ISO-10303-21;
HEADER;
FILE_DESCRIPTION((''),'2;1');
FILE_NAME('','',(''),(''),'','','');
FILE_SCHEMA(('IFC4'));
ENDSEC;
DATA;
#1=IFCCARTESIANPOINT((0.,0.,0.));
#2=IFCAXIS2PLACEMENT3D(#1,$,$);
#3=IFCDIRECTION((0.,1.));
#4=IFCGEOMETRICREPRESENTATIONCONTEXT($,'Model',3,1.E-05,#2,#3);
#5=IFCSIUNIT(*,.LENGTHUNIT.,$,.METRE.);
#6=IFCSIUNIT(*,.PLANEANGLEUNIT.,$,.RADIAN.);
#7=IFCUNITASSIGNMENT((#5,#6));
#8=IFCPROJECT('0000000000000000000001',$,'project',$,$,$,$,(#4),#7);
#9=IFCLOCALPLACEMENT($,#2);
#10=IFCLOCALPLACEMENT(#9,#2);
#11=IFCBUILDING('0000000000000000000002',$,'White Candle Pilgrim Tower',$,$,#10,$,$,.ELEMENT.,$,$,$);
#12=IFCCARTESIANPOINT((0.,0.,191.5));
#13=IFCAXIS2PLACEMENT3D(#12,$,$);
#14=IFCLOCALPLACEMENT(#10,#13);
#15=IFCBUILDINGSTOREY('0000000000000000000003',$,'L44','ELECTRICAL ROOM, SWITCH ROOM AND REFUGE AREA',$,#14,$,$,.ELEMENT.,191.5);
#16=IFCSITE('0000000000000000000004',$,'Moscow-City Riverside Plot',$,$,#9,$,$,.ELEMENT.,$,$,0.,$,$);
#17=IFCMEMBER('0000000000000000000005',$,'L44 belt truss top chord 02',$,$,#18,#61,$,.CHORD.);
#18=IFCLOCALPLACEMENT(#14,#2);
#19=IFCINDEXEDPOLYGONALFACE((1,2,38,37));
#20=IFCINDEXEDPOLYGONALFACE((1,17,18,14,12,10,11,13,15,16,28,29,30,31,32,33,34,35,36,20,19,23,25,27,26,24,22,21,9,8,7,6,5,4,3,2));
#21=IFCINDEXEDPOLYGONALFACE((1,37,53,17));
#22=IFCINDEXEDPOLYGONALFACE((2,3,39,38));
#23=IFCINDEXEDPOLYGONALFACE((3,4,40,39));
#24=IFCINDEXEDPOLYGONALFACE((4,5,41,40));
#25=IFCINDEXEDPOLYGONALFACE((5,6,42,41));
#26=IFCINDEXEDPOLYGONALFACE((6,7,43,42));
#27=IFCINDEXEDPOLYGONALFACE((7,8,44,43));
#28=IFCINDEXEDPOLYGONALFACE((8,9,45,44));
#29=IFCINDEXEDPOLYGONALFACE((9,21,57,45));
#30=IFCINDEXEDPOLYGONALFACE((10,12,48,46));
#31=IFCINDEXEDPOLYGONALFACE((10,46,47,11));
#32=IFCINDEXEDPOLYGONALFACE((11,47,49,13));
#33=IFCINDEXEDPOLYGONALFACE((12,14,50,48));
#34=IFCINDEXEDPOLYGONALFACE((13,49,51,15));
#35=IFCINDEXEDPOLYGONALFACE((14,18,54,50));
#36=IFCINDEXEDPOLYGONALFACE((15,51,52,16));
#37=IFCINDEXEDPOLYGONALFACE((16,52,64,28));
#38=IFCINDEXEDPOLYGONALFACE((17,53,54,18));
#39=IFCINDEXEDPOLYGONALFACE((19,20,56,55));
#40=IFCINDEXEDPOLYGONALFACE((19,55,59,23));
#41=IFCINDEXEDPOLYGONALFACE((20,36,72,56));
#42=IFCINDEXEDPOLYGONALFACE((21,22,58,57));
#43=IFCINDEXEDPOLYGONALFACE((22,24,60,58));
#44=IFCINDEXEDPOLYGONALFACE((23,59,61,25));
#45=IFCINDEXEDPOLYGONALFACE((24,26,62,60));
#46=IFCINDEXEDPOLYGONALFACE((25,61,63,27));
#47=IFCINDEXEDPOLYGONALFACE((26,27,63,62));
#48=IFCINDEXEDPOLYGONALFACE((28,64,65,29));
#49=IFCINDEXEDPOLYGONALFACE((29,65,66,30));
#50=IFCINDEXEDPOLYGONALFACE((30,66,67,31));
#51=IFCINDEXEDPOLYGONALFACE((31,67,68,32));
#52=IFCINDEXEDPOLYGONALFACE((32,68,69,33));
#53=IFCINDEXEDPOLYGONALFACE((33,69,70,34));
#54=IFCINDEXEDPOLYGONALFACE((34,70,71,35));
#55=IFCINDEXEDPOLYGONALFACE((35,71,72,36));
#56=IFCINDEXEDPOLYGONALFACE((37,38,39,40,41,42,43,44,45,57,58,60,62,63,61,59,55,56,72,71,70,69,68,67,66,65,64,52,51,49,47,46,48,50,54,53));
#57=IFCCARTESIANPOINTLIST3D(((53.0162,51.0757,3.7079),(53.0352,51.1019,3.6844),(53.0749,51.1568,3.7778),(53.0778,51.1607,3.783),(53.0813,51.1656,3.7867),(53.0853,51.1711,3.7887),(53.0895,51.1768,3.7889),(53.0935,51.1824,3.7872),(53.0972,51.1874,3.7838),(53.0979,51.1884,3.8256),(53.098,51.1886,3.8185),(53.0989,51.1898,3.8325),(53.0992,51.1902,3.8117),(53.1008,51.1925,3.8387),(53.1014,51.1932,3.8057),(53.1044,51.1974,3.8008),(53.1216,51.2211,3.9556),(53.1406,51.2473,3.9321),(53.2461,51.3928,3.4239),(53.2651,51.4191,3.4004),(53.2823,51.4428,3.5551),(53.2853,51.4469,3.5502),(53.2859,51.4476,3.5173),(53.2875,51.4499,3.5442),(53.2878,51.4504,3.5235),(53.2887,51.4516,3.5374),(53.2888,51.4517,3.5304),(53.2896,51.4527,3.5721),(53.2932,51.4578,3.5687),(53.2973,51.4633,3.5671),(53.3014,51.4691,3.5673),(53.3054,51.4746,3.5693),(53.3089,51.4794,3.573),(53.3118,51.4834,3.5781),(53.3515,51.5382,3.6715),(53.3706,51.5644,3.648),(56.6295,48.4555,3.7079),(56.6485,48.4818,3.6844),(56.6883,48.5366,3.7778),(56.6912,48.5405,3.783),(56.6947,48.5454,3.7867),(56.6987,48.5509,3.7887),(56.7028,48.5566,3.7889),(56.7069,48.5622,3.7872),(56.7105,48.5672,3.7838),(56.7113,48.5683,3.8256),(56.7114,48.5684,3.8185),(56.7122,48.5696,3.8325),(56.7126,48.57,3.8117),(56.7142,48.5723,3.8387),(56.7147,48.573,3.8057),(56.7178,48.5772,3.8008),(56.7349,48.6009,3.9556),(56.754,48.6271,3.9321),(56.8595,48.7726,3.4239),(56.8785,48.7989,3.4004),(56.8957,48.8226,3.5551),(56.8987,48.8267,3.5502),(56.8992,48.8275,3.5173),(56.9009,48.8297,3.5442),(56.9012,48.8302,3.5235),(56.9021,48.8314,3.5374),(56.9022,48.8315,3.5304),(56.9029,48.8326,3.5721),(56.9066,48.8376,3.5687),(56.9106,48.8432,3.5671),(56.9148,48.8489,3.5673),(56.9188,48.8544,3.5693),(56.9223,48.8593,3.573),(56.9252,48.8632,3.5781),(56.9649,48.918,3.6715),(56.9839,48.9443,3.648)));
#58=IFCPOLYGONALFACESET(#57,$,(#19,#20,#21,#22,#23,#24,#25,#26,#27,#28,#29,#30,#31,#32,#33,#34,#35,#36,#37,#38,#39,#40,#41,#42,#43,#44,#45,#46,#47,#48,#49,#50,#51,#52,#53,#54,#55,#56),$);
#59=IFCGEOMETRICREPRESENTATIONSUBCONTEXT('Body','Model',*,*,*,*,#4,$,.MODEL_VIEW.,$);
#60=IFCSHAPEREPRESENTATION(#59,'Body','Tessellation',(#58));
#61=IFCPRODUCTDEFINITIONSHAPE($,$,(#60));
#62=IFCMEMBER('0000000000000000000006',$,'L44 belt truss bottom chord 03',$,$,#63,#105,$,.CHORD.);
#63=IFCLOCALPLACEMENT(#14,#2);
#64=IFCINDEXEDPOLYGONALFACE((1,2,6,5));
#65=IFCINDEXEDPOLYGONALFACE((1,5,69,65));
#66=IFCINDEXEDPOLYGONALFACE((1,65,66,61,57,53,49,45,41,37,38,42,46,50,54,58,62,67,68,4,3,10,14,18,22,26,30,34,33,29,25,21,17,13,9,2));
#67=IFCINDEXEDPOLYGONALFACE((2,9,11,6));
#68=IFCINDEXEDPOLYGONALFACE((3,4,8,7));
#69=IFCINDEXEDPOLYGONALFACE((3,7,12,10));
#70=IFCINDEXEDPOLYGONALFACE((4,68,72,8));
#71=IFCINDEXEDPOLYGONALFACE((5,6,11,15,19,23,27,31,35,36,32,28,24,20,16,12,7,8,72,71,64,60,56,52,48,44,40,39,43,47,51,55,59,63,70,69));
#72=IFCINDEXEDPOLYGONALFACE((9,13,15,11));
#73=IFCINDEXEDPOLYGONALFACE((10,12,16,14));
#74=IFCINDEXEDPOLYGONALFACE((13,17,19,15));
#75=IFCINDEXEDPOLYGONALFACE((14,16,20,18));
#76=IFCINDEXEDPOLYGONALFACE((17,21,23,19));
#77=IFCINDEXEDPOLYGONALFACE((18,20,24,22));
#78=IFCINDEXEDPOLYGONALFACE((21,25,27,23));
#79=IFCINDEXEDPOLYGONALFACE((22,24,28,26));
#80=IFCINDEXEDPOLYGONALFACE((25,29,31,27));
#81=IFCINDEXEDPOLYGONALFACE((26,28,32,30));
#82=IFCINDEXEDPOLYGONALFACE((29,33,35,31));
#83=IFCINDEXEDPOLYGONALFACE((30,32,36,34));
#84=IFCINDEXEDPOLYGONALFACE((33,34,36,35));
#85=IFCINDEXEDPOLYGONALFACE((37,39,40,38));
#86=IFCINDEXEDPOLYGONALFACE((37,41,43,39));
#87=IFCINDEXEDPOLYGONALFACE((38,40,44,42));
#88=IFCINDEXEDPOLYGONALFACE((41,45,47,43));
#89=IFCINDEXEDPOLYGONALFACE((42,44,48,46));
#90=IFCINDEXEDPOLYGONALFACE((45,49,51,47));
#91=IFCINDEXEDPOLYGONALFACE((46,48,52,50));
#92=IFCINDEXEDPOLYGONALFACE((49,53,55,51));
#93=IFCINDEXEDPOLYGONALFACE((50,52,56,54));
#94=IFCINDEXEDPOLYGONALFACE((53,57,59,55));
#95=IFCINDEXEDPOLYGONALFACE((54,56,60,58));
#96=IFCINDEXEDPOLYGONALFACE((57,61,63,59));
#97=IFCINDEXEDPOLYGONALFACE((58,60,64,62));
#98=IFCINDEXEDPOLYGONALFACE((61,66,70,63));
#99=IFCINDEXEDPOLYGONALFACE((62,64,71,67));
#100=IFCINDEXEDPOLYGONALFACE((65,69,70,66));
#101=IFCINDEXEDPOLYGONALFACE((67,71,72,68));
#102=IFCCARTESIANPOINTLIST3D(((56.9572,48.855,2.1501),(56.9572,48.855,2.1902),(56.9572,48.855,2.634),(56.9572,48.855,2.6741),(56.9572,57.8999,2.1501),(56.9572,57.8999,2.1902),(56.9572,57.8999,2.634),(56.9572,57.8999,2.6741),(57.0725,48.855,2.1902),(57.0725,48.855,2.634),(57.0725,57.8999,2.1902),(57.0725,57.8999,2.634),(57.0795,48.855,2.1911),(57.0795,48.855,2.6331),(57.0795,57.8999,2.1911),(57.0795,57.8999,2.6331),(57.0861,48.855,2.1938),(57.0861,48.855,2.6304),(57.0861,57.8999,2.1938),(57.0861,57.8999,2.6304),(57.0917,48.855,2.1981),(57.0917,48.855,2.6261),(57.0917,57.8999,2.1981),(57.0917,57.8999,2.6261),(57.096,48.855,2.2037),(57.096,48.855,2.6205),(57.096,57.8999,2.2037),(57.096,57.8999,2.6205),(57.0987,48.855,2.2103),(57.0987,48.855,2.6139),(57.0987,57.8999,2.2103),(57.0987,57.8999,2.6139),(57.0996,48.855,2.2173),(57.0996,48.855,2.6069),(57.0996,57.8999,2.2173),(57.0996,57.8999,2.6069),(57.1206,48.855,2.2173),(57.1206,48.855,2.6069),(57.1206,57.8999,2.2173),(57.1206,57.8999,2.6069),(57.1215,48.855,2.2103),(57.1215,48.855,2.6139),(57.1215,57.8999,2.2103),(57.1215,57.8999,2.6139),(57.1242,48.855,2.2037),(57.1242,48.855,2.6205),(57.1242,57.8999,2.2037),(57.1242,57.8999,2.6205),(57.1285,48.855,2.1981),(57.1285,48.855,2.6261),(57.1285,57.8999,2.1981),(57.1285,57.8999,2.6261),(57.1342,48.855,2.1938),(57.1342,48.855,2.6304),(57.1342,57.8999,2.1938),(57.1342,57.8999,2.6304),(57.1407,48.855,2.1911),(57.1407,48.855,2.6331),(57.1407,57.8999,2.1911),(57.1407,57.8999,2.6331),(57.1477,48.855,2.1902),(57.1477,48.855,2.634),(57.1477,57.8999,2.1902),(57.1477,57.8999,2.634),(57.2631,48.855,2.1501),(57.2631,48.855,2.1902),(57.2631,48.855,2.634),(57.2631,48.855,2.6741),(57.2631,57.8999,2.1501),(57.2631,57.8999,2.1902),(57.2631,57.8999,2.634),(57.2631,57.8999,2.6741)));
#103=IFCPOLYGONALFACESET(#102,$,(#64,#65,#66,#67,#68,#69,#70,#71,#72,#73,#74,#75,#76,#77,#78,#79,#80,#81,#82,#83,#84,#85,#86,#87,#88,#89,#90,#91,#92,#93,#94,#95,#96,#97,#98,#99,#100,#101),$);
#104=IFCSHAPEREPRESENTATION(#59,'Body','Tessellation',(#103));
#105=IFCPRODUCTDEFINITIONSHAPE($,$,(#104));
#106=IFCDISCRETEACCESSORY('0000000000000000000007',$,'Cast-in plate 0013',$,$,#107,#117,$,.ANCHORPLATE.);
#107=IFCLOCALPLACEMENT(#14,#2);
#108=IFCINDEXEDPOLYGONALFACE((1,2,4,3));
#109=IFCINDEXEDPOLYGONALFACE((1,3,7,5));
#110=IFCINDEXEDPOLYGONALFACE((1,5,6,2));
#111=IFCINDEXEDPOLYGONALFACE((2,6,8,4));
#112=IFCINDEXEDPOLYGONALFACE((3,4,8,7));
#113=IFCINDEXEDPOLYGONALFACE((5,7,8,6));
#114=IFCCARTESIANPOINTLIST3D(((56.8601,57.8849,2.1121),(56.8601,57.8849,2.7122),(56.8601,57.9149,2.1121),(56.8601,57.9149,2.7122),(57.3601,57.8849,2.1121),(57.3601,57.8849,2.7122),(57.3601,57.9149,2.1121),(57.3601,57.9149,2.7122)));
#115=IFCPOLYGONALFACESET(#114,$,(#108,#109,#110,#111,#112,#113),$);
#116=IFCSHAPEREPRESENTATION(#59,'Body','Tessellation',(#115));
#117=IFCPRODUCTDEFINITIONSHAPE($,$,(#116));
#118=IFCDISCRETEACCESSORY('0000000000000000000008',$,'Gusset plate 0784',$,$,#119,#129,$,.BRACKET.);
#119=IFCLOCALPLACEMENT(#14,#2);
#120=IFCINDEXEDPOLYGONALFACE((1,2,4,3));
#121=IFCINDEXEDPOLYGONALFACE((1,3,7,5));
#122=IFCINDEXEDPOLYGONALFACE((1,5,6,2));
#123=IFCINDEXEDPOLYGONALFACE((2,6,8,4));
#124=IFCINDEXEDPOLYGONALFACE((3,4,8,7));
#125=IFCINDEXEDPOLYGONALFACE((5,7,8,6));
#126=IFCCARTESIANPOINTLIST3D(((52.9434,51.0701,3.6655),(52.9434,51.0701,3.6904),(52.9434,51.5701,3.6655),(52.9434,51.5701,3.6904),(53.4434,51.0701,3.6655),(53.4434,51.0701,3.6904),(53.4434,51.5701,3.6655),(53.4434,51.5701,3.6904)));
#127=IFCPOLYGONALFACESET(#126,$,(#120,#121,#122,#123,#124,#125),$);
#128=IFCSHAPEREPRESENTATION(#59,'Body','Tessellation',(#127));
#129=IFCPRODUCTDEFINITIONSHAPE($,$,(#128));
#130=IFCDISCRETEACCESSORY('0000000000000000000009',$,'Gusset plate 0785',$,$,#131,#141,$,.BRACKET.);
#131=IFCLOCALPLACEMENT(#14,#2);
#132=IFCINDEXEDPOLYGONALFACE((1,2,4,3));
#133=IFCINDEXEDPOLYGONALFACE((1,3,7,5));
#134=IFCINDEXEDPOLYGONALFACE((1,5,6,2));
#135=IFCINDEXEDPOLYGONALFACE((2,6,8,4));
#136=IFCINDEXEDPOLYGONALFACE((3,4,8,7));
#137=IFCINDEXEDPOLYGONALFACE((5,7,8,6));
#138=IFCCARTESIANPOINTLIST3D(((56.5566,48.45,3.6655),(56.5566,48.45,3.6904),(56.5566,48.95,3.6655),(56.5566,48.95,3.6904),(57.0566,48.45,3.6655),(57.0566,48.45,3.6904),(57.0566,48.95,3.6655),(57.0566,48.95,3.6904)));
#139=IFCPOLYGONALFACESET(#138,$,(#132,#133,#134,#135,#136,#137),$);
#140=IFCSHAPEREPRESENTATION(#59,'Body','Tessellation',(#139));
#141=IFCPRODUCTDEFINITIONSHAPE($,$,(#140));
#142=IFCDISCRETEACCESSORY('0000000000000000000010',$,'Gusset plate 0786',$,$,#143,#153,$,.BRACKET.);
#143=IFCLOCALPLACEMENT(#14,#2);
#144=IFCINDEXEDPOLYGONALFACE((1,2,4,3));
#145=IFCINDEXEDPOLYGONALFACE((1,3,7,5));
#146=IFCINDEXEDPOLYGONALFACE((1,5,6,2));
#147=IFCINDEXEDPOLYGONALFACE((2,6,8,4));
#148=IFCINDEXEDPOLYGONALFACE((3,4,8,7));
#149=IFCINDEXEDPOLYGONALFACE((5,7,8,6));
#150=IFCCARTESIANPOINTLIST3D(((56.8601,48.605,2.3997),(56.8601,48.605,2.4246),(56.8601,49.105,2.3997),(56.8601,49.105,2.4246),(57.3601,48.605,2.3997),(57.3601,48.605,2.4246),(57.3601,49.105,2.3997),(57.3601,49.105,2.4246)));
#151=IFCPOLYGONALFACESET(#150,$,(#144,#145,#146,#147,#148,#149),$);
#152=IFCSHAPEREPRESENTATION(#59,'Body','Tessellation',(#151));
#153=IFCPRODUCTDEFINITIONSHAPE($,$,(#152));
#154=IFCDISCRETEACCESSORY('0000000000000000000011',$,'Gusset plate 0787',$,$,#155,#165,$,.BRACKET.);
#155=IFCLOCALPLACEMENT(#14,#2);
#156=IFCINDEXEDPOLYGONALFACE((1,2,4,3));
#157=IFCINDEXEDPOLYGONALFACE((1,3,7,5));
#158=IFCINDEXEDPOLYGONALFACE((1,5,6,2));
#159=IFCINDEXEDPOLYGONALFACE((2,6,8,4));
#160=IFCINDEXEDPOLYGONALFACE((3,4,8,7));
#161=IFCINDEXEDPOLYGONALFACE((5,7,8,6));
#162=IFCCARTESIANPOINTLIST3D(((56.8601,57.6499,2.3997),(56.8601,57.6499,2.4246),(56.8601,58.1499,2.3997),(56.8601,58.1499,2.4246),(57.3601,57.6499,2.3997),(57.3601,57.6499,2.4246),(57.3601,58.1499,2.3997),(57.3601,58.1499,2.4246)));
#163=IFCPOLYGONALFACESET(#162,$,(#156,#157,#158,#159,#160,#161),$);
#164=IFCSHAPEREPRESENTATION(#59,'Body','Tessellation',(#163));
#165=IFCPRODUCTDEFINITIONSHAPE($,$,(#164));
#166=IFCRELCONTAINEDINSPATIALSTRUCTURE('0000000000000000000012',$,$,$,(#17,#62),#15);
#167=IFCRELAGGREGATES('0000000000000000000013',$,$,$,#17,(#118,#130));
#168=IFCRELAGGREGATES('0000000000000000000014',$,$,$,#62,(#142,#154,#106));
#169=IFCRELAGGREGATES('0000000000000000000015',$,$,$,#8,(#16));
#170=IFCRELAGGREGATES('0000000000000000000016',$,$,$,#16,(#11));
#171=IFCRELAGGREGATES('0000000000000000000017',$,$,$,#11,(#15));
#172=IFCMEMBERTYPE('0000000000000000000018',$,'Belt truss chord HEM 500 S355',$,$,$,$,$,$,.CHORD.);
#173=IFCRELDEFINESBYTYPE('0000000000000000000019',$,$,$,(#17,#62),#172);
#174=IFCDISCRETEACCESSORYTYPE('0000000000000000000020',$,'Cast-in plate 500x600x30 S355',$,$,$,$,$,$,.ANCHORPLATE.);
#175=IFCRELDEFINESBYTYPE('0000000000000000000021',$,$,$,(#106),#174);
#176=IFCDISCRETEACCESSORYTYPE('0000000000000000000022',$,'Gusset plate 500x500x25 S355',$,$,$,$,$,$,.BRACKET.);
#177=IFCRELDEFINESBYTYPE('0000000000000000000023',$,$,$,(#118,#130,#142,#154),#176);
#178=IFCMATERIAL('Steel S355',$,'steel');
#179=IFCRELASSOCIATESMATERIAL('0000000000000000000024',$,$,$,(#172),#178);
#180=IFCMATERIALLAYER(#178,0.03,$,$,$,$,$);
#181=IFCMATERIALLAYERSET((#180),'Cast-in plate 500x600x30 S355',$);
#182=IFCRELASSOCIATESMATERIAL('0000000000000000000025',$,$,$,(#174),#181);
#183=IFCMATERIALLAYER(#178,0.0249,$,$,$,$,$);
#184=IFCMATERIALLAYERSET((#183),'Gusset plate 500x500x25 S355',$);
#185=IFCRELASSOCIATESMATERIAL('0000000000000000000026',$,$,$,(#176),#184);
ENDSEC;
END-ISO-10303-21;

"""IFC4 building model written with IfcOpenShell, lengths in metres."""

from ifc_helpers import new_model, si_unit, direction, frame, origin, origin_2d, place, context, subcontext, project, spatial, rectangle, i_section, extrude, material, layer, layer_set, material_profile, profile_set, type_object, element, aggregate, save


model = new_model("IFC4")

# Units and contexts
model_context = context("Model", 3, precision=1e-05, world=origin(), true_north=direction((0.0, 1.0)))
body_context = subcontext(model_context, "Body", "Model", "MODEL_VIEW")
ifc_project = project(units=[si_unit("LENGTHUNIT", "METRE"), si_unit("PLANEANGLEUNIT", "RADIAN")], contexts=[model_context])

# Site, building, storey
site_placement = place(None, origin())
site = spatial("IfcSite", under=ifc_project, at=site_placement, Name="Moscow-City Riverside Plot", CompositionType="ELEMENT", RefElevation=0.0)
building_placement = place(site_placement, origin())
building = spatial("IfcBuilding", under=site, at=building_placement, Name="White Candle Pilgrim Tower", CompositionType="ELEMENT")
storey_placement = place(building_placement, frame((0.0, 0.0, 191.5)))
storey = spatial("IfcBuildingStorey", under=building, at=storey_placement, Name="L44", Description="ELECTRICAL ROOM, SWITCH ROOM AND REFUGE AREA", CompositionType="ELEMENT", Elevation=191.5)

# Members
ifc_material_1 = material(Name="Steel S355", Category="steel")
ifc_material_profile_1 = material_profile(ifc_material_1, i_section(OverallWidth=0.3059, OverallDepth=0.5239, WebThickness=0.021, FlangeThickness=0.04, FilletRadius=0.0271, at=origin_2d()), Name="HEM 500")
ifc_profile_set_1 = profile_set([ifc_material_profile_1], Name="Steel S355")
member_type_1 = type_object("IfcMemberType", Name="Belt truss chord HEM 500 S355", PredefinedType="CHORD", material=ifc_profile_set_1)
member_1_placement = place(storey_placement, frame((53.1934, 51.3201, 3.678), z_axis=(0.809558, -0.587039, 0.0), x_axis=(0.34461, 0.475236, 0.809565)))
member_1 = element("IfcMember", 1, at=member_1_placement, inside=storey, type_object=member_type_1, Name="L44 belt truss top chord 02", PredefinedType="CHORD", context=body_context, shape_type="SweptSolid", body=[
    extrude(i_section(OverallWidth=0.3059, OverallDepth=0.5239, WebThickness=0.021, FlangeThickness=0.04, FilletRadius=0.0271, at=origin_2d()), origin(), (0.0, 0.0, 1.0), 4.4634),
])
member_2_placement = place(storey_placement, frame((57.1101, 48.855, 2.4121), z_axis=(0.0, 1.0, 0.0), x_axis=(1.0, 0.0, 0.0)))
member_2 = element("IfcMember", 2, at=member_2_placement, inside=storey, type_object=member_type_1, Name="L44 belt truss bottom chord 03", PredefinedType="CHORD", context=body_context, shape_type="SweptSolid", body=[
    extrude(i_section(OverallWidth=0.3059, OverallDepth=0.5239, WebThickness=0.021, FlangeThickness=0.04, FilletRadius=0.0271, at=origin_2d()), origin(), (0.0, 0.0, 1.0), 9.0449),
])

# Discrete accessories
ifc_layer_1 = layer(ifc_material_1, 0.03)
ifc_layer_set_1 = layer_set([ifc_layer_1], Name="Cast-in plate 500x600x30 S355")
discrete_accessory_type_1 = type_object("IfcDiscreteAccessoryType", Name="Cast-in plate 500x600x30 S355", PredefinedType="ANCHORPLATE", material=ifc_layer_set_1)
discrete_accessory_1_placement = place(storey_placement, frame((57.1101, 57.8999, 2.1121), z_axis=(0.0, 0.0, 1.0), x_axis=(0.0, -1.0, 0.0)))
discrete_accessory_1 = element("IfcDiscreteAccessory", 3, at=discrete_accessory_1_placement, type_object=discrete_accessory_type_1, Name="Cast-in plate 0013", PredefinedType="ANCHORPLATE", context=body_context, shape_type="SweptSolid", body=[
    extrude(rectangle(XDim=0.03, YDim=0.5, at=origin_2d()), origin(), (0.0, 0.0, 1.0), 0.6001),
])
ifc_layer_2 = layer(ifc_material_1, 0.0249)
ifc_layer_set_2 = layer_set([ifc_layer_2], Name="Gusset plate 500x500x25 S355")
discrete_accessory_type_2 = type_object("IfcDiscreteAccessoryType", Name="Gusset plate 500x500x25 S355", PredefinedType="BRACKET", material=ifc_layer_set_2)
discrete_accessory_2_placement = place(storey_placement, frame((53.1934, 51.3201, 3.6655), z_axis=(0.0, 0.0, 1.0), x_axis=(1.0, 0.0, 0.0)))
discrete_accessory_2 = element("IfcDiscreteAccessory", 4, at=discrete_accessory_2_placement, type_object=discrete_accessory_type_2, Name="Gusset plate 0784", PredefinedType="BRACKET", context=body_context, shape_type="SweptSolid", body=[
    extrude(rectangle(XDim=0.5, YDim=0.5, at=origin_2d()), origin(), (0.0, 0.0, 1.0), 0.0249),
])
discrete_accessory_3_placement = place(storey_placement, frame((56.8066, 48.7, 3.6655), z_axis=(0.0, 0.0, 1.0), x_axis=(1.0, 0.0, 0.0)))
discrete_accessory_3 = element("IfcDiscreteAccessory", 5, at=discrete_accessory_3_placement, type_object=discrete_accessory_type_2, Name="Gusset plate 0785", PredefinedType="BRACKET", context=body_context, shape_type="SweptSolid", body=[
    extrude(rectangle(XDim=0.5, YDim=0.5, at=origin_2d()), origin(), (0.0, 0.0, 1.0), 0.0249),
])
aggregate(member_1, [discrete_accessory_2, discrete_accessory_3])
discrete_accessory_4_placement = place(storey_placement, frame((57.1101, 48.855, 2.3997), z_axis=(0.0, 0.0, 1.0), x_axis=(1.0, 0.0, 0.0)))
discrete_accessory_4 = element("IfcDiscreteAccessory", 6, at=discrete_accessory_4_placement, type_object=discrete_accessory_type_2, Name="Gusset plate 0786", PredefinedType="BRACKET", context=body_context, shape_type="SweptSolid", body=[
    extrude(rectangle(XDim=0.5, YDim=0.5, at=origin_2d()), origin(), (0.0, 0.0, 1.0), 0.0249),
])
discrete_accessory_5_placement = place(storey_placement, frame((57.1101, 57.8999, 2.3997), z_axis=(0.0, 0.0, 1.0), x_axis=(1.0, 0.0, 0.0)))
discrete_accessory_5 = element("IfcDiscreteAccessory", 7, at=discrete_accessory_5_placement, type_object=discrete_accessory_type_2, Name="Gusset plate 0787", PredefinedType="BRACKET", context=body_context, shape_type="SweptSolid", body=[
    extrude(rectangle(XDim=0.5, YDim=0.5, at=origin_2d()), origin(), (0.0, 0.0, 1.0), 0.0249),
])
aggregate(member_2, [discrete_accessory_4, discrete_accessory_5, discrete_accessory_1])

save(model, "model.ifc")
